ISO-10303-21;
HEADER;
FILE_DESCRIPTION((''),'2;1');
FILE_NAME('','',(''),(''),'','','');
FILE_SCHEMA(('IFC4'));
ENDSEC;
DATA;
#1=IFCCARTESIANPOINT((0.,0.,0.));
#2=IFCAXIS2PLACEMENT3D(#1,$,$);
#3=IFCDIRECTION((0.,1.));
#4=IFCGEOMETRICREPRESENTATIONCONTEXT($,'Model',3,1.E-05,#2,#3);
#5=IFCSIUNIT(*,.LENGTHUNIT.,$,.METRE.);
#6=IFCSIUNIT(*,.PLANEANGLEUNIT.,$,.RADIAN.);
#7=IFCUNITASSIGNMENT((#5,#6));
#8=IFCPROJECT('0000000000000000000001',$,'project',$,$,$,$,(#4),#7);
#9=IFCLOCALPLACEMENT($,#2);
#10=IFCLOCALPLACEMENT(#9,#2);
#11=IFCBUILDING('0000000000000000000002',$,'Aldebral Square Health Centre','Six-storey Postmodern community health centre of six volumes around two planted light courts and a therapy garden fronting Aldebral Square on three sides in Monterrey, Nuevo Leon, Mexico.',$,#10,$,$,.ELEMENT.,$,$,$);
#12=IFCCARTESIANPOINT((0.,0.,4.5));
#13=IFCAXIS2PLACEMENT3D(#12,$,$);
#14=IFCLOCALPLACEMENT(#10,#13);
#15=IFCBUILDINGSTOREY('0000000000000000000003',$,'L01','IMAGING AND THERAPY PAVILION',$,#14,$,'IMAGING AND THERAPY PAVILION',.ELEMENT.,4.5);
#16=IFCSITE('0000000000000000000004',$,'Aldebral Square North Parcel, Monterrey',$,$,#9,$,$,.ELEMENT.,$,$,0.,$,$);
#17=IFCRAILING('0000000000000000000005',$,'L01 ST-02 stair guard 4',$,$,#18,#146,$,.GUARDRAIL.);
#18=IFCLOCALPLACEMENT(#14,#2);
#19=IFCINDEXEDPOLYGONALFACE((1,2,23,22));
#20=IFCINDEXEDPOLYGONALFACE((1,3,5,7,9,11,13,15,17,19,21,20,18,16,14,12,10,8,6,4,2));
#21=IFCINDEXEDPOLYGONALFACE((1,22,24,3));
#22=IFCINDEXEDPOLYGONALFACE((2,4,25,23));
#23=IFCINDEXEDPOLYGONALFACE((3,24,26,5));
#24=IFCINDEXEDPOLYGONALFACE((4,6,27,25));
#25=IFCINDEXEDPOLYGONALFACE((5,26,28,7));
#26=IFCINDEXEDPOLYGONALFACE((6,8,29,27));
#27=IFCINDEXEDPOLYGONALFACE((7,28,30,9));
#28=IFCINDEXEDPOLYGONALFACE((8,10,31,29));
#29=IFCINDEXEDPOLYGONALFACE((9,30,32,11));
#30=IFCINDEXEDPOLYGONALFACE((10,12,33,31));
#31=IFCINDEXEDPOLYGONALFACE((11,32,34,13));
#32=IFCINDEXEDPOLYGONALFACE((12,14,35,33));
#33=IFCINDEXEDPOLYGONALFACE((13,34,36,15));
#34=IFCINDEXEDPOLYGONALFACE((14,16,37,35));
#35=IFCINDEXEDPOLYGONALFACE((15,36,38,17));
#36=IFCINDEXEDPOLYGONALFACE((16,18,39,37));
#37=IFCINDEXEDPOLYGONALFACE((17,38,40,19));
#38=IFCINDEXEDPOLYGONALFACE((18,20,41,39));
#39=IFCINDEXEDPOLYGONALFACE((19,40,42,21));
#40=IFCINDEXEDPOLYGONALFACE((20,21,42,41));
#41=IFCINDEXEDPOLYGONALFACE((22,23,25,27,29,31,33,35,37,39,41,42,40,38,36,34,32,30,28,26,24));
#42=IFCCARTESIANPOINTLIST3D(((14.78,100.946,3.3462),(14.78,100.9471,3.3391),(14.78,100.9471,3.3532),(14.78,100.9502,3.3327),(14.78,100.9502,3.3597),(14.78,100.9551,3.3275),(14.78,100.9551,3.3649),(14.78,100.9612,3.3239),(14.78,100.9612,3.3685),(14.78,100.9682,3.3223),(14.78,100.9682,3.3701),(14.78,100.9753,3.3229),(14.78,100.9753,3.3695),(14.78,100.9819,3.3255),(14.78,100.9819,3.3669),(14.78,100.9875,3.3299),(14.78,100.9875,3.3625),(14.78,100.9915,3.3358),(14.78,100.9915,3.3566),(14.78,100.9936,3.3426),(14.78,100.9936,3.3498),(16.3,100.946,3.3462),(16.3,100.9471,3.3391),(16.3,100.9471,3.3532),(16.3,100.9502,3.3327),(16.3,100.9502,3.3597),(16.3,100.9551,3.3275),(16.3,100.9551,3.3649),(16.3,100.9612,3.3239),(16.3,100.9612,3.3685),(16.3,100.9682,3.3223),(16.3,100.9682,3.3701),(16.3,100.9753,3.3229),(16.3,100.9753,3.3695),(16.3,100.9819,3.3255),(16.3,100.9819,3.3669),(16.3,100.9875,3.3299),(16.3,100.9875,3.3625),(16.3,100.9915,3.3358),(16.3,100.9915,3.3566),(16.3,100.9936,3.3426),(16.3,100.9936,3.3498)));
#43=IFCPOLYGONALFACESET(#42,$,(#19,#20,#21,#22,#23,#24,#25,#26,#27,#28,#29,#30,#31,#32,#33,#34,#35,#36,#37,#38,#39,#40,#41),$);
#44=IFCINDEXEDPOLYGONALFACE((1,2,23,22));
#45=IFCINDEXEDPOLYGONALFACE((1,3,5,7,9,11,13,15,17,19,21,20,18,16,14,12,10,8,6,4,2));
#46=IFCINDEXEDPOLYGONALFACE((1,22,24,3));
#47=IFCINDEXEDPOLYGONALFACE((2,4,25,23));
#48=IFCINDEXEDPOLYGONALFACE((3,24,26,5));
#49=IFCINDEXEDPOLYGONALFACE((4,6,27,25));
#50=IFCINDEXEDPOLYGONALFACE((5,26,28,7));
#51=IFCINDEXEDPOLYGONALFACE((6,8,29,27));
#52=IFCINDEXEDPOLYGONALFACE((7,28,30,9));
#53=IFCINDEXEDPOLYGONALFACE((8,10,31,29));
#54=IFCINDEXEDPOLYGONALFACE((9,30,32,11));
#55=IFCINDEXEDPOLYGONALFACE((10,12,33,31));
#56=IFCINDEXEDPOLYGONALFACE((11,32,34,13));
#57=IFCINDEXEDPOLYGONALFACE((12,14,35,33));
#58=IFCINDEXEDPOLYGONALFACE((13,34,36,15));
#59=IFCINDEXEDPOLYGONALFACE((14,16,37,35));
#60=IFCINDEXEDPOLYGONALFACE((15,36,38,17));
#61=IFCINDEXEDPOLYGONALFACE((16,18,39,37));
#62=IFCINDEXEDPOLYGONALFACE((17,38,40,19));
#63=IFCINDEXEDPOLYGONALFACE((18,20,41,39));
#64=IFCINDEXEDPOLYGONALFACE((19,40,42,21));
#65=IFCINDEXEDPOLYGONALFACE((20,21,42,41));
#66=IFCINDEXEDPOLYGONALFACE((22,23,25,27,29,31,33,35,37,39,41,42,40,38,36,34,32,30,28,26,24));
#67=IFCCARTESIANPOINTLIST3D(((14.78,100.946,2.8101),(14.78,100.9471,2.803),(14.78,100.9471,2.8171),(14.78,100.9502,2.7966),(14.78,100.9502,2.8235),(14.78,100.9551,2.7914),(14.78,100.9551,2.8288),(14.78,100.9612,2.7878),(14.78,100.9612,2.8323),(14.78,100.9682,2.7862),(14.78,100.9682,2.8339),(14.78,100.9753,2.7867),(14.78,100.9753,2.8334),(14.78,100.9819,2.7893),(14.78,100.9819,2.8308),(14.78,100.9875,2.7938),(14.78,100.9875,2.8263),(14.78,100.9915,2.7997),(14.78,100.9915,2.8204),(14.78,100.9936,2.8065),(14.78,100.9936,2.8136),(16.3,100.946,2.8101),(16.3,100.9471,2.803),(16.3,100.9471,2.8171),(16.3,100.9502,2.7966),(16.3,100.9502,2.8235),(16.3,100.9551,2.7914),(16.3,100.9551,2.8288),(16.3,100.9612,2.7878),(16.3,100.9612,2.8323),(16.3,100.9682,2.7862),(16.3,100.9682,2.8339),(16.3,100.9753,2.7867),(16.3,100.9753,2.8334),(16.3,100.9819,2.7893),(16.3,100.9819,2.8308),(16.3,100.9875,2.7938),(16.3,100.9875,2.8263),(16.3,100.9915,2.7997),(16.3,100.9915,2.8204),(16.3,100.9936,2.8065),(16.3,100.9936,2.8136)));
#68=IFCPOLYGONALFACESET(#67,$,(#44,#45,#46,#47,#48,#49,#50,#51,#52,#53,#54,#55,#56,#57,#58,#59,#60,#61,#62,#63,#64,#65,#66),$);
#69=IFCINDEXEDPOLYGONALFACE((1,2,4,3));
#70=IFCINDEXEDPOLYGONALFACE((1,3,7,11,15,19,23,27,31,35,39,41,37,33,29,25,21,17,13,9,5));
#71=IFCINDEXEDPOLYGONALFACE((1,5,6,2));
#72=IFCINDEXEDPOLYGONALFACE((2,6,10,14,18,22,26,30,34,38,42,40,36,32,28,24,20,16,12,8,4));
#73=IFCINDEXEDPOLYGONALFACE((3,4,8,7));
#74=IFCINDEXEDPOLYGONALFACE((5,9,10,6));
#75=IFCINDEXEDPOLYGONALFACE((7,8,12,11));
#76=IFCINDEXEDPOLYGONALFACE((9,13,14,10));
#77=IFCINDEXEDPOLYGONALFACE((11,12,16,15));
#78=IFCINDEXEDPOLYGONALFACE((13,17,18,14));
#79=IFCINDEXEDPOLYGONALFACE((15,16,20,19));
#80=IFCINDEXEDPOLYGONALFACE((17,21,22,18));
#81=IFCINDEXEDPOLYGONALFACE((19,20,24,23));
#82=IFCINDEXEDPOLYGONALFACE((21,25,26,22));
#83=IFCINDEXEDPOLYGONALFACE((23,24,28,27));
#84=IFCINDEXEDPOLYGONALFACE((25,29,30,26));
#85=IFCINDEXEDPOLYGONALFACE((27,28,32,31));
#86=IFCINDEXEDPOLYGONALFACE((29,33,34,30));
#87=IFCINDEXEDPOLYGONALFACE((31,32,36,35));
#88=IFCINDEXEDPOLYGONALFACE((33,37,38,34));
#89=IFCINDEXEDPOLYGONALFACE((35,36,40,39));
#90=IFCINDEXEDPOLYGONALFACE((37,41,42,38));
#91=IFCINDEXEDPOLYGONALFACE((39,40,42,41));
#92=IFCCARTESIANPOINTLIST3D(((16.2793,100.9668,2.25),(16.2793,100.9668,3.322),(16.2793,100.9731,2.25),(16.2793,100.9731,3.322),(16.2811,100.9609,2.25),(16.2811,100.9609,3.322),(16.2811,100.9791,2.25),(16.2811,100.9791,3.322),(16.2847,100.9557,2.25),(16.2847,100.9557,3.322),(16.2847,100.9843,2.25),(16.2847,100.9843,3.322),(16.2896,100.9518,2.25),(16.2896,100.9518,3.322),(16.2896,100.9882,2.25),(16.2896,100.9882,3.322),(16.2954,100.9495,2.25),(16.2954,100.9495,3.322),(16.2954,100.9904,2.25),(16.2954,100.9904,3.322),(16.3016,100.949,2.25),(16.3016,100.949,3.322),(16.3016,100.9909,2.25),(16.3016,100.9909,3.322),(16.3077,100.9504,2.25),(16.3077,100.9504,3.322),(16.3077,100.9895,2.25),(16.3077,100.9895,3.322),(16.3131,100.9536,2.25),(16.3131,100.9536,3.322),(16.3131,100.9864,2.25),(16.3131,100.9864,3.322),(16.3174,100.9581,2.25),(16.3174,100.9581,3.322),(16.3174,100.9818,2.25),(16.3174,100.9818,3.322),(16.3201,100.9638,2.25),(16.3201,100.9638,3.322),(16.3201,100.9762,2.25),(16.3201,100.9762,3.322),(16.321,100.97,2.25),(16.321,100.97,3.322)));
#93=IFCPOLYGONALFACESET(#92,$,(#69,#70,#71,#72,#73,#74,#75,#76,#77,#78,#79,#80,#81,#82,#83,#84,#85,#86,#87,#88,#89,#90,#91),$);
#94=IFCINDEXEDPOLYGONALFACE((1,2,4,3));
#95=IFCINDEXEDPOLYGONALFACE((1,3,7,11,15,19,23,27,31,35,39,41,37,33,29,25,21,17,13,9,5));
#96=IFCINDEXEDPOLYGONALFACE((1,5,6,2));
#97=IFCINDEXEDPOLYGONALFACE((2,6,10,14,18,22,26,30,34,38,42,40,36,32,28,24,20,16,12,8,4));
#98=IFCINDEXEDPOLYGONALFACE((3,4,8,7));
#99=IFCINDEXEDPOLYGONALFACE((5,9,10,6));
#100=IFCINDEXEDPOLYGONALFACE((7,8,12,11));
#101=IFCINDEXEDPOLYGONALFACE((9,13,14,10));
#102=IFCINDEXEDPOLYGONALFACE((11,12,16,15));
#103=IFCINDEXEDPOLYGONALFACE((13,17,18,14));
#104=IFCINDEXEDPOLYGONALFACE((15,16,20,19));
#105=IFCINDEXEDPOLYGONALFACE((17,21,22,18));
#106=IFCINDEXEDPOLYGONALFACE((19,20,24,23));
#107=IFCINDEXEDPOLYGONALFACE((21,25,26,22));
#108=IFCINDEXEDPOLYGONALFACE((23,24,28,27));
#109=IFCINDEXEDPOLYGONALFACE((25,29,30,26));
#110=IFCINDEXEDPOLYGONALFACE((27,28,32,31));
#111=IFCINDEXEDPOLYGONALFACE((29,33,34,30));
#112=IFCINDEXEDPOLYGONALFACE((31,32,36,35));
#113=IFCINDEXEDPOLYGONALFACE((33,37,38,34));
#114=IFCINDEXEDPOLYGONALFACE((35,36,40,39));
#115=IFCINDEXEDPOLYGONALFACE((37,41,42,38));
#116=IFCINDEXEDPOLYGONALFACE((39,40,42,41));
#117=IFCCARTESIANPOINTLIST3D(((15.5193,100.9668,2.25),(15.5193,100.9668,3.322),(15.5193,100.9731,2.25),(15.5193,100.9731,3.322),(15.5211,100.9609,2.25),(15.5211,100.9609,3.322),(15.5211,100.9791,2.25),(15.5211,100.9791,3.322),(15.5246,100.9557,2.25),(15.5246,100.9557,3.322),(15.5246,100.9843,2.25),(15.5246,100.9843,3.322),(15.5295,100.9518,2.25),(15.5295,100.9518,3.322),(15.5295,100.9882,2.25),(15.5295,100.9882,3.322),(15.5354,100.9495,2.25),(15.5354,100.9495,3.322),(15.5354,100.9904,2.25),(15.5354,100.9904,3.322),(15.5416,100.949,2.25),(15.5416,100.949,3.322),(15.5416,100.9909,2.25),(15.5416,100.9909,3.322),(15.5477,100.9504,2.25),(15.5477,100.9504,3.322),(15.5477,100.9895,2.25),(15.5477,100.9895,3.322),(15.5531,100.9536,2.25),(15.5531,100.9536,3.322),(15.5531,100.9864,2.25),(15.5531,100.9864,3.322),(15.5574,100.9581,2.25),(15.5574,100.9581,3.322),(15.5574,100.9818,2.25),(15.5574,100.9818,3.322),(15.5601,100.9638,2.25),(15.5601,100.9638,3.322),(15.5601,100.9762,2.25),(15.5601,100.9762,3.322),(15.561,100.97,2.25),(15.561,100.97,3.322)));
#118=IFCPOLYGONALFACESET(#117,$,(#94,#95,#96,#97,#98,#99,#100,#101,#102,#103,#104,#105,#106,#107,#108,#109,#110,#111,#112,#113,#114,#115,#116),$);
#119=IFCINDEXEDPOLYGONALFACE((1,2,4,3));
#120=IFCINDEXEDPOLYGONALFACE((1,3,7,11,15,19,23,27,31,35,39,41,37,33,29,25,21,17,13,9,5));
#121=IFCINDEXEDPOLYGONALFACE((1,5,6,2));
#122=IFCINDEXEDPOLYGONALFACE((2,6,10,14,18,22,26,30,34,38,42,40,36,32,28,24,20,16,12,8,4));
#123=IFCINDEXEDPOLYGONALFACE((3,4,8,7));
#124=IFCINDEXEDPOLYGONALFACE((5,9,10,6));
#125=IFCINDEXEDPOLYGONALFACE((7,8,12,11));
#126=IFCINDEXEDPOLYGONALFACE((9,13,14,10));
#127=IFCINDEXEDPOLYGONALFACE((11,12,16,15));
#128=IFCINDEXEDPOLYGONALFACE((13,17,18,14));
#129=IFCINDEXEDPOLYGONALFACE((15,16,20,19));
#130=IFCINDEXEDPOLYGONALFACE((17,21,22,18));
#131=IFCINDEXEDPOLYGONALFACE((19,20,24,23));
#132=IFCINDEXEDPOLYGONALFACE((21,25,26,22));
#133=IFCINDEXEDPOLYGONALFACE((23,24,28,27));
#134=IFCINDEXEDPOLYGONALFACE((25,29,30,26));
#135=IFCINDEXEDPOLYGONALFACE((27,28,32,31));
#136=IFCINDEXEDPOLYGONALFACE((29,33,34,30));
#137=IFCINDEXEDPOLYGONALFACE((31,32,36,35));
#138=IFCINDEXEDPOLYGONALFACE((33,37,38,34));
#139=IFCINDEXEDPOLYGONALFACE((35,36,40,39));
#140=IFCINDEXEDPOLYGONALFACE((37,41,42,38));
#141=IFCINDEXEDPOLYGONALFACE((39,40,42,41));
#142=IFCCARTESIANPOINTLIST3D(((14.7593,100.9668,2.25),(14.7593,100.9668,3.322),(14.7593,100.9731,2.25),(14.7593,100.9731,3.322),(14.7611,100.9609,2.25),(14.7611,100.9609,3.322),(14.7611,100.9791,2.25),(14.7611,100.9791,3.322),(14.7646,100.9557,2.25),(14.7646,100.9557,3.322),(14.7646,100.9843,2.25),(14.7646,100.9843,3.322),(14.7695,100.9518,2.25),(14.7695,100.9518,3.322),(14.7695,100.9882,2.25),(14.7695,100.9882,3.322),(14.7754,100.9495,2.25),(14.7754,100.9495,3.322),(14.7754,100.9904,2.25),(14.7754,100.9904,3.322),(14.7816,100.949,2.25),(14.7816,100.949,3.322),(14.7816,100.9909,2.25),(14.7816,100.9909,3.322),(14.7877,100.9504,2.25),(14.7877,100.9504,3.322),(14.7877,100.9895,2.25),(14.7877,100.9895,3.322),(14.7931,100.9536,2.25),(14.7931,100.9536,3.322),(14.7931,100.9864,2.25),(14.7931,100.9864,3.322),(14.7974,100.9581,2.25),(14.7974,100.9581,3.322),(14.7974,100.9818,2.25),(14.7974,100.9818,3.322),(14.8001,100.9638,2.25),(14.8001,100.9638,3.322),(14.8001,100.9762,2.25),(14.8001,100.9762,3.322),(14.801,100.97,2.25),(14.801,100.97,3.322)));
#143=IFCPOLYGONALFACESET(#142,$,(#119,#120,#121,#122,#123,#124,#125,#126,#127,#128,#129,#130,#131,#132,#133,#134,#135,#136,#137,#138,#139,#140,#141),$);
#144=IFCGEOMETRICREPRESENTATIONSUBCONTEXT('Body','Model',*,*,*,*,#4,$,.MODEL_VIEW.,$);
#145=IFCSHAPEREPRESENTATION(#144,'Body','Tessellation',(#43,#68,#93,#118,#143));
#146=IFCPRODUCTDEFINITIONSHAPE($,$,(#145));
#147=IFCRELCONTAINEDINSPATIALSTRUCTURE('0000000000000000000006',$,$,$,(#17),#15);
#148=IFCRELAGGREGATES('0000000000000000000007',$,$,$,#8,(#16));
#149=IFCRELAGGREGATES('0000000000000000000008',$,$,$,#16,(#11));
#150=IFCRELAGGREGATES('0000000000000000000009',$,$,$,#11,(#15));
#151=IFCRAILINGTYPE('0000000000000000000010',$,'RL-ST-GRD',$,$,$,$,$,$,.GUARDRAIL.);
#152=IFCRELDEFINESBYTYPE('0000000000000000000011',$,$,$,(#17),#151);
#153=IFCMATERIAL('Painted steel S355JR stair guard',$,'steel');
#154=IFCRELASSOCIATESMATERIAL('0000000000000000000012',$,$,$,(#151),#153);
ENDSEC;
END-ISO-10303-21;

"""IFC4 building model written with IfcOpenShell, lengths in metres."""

from ifc_helpers import new_model, si_unit, direction, frame, origin, origin_2d, place, context, subcontext, project, spatial, circle, extrude, material, type_object, element, save


model = new_model("IFC4")

# Units and contexts
model_context = context("Model", 3, precision=1e-05, world=origin(), true_north=direction((0.0, 1.0)))
body_context = subcontext(model_context, "Body", "Model", "MODEL_VIEW")
ifc_project = project(units=[si_unit("LENGTHUNIT", "METRE"), si_unit("PLANEANGLEUNIT", "RADIAN")], contexts=[model_context])

# Site, building, storey
site_placement = place(None, origin())
site = spatial("IfcSite", under=ifc_project, at=site_placement, Name="Aldebral Square North Parcel, Monterrey", CompositionType="ELEMENT", RefElevation=0.0)
building_placement = place(site_placement, origin())
building = spatial("IfcBuilding", under=site, at=building_placement, Name="Aldebral Square Health Centre", Description="Six-storey Postmodern community health centre of six volumes around two planted light courts and a therapy garden fronting Aldebral Square on three sides in Monterrey, Nuevo Leon, Mexico.", CompositionType="ELEMENT")
storey_placement = place(building_placement, frame((0.0, 0.0, 4.5)))
storey = spatial("IfcBuildingStorey", under=building, at=storey_placement, Name="L01", Description="IMAGING AND THERAPY PAVILION", LongName="IMAGING AND THERAPY PAVILION", CompositionType="ELEMENT", Elevation=4.5)

# Railing
ifc_material_1 = material(Name="Painted steel S355JR stair guard", Category="steel")
railing_type_1 = type_object("IfcRailingType", Name="RL-ST-GRD", PredefinedType="GUARDRAIL", material=ifc_material_1)
for number, where, name in (
    (1, (16.3, 100.97, 2.25), "L01 ST-02 stair guard 4"),
):
    element("IfcRailing", number, at=place(storey_placement, frame(where)), inside=storey, type_object=railing_type_1, Name=name, PredefinedType="GUARDRAIL", context=body_context, shape_type="SweptSolid", body=[
        extrude(circle(Radius=0.0239, at=origin_2d()), frame((0.0, 0.0, 1.0962), z_axis=(-1.0, 0.0, 0.0), x_axis=(0.0, -1.0, 0.0)), (0.0, 0.0, 1.0), 1.52),
        extrude(circle(Radius=0.0239, at=origin_2d()), frame((0.0, 0.0, 0.5601), z_axis=(-1.0, 0.0, 0.0), x_axis=(0.0, -1.0, 0.0)), (0.0, 0.0, 1.0), 1.52),
        extrude(circle(Radius=0.021, at=origin_2d()), origin(), (0.0, 0.0, 1.0), 1.072),
        extrude(circle(Radius=0.021, at=origin_2d()), frame((-0.76, 0.0, 0.0)), (0.0, 0.0, 1.0), 1.072),
        extrude(circle(Radius=0.021, at=origin_2d()), frame((-1.52, 0.0, 0.0)), (0.0, 0.0, 1.0), 1.072),
    ])

save(model, "model.ifc")
